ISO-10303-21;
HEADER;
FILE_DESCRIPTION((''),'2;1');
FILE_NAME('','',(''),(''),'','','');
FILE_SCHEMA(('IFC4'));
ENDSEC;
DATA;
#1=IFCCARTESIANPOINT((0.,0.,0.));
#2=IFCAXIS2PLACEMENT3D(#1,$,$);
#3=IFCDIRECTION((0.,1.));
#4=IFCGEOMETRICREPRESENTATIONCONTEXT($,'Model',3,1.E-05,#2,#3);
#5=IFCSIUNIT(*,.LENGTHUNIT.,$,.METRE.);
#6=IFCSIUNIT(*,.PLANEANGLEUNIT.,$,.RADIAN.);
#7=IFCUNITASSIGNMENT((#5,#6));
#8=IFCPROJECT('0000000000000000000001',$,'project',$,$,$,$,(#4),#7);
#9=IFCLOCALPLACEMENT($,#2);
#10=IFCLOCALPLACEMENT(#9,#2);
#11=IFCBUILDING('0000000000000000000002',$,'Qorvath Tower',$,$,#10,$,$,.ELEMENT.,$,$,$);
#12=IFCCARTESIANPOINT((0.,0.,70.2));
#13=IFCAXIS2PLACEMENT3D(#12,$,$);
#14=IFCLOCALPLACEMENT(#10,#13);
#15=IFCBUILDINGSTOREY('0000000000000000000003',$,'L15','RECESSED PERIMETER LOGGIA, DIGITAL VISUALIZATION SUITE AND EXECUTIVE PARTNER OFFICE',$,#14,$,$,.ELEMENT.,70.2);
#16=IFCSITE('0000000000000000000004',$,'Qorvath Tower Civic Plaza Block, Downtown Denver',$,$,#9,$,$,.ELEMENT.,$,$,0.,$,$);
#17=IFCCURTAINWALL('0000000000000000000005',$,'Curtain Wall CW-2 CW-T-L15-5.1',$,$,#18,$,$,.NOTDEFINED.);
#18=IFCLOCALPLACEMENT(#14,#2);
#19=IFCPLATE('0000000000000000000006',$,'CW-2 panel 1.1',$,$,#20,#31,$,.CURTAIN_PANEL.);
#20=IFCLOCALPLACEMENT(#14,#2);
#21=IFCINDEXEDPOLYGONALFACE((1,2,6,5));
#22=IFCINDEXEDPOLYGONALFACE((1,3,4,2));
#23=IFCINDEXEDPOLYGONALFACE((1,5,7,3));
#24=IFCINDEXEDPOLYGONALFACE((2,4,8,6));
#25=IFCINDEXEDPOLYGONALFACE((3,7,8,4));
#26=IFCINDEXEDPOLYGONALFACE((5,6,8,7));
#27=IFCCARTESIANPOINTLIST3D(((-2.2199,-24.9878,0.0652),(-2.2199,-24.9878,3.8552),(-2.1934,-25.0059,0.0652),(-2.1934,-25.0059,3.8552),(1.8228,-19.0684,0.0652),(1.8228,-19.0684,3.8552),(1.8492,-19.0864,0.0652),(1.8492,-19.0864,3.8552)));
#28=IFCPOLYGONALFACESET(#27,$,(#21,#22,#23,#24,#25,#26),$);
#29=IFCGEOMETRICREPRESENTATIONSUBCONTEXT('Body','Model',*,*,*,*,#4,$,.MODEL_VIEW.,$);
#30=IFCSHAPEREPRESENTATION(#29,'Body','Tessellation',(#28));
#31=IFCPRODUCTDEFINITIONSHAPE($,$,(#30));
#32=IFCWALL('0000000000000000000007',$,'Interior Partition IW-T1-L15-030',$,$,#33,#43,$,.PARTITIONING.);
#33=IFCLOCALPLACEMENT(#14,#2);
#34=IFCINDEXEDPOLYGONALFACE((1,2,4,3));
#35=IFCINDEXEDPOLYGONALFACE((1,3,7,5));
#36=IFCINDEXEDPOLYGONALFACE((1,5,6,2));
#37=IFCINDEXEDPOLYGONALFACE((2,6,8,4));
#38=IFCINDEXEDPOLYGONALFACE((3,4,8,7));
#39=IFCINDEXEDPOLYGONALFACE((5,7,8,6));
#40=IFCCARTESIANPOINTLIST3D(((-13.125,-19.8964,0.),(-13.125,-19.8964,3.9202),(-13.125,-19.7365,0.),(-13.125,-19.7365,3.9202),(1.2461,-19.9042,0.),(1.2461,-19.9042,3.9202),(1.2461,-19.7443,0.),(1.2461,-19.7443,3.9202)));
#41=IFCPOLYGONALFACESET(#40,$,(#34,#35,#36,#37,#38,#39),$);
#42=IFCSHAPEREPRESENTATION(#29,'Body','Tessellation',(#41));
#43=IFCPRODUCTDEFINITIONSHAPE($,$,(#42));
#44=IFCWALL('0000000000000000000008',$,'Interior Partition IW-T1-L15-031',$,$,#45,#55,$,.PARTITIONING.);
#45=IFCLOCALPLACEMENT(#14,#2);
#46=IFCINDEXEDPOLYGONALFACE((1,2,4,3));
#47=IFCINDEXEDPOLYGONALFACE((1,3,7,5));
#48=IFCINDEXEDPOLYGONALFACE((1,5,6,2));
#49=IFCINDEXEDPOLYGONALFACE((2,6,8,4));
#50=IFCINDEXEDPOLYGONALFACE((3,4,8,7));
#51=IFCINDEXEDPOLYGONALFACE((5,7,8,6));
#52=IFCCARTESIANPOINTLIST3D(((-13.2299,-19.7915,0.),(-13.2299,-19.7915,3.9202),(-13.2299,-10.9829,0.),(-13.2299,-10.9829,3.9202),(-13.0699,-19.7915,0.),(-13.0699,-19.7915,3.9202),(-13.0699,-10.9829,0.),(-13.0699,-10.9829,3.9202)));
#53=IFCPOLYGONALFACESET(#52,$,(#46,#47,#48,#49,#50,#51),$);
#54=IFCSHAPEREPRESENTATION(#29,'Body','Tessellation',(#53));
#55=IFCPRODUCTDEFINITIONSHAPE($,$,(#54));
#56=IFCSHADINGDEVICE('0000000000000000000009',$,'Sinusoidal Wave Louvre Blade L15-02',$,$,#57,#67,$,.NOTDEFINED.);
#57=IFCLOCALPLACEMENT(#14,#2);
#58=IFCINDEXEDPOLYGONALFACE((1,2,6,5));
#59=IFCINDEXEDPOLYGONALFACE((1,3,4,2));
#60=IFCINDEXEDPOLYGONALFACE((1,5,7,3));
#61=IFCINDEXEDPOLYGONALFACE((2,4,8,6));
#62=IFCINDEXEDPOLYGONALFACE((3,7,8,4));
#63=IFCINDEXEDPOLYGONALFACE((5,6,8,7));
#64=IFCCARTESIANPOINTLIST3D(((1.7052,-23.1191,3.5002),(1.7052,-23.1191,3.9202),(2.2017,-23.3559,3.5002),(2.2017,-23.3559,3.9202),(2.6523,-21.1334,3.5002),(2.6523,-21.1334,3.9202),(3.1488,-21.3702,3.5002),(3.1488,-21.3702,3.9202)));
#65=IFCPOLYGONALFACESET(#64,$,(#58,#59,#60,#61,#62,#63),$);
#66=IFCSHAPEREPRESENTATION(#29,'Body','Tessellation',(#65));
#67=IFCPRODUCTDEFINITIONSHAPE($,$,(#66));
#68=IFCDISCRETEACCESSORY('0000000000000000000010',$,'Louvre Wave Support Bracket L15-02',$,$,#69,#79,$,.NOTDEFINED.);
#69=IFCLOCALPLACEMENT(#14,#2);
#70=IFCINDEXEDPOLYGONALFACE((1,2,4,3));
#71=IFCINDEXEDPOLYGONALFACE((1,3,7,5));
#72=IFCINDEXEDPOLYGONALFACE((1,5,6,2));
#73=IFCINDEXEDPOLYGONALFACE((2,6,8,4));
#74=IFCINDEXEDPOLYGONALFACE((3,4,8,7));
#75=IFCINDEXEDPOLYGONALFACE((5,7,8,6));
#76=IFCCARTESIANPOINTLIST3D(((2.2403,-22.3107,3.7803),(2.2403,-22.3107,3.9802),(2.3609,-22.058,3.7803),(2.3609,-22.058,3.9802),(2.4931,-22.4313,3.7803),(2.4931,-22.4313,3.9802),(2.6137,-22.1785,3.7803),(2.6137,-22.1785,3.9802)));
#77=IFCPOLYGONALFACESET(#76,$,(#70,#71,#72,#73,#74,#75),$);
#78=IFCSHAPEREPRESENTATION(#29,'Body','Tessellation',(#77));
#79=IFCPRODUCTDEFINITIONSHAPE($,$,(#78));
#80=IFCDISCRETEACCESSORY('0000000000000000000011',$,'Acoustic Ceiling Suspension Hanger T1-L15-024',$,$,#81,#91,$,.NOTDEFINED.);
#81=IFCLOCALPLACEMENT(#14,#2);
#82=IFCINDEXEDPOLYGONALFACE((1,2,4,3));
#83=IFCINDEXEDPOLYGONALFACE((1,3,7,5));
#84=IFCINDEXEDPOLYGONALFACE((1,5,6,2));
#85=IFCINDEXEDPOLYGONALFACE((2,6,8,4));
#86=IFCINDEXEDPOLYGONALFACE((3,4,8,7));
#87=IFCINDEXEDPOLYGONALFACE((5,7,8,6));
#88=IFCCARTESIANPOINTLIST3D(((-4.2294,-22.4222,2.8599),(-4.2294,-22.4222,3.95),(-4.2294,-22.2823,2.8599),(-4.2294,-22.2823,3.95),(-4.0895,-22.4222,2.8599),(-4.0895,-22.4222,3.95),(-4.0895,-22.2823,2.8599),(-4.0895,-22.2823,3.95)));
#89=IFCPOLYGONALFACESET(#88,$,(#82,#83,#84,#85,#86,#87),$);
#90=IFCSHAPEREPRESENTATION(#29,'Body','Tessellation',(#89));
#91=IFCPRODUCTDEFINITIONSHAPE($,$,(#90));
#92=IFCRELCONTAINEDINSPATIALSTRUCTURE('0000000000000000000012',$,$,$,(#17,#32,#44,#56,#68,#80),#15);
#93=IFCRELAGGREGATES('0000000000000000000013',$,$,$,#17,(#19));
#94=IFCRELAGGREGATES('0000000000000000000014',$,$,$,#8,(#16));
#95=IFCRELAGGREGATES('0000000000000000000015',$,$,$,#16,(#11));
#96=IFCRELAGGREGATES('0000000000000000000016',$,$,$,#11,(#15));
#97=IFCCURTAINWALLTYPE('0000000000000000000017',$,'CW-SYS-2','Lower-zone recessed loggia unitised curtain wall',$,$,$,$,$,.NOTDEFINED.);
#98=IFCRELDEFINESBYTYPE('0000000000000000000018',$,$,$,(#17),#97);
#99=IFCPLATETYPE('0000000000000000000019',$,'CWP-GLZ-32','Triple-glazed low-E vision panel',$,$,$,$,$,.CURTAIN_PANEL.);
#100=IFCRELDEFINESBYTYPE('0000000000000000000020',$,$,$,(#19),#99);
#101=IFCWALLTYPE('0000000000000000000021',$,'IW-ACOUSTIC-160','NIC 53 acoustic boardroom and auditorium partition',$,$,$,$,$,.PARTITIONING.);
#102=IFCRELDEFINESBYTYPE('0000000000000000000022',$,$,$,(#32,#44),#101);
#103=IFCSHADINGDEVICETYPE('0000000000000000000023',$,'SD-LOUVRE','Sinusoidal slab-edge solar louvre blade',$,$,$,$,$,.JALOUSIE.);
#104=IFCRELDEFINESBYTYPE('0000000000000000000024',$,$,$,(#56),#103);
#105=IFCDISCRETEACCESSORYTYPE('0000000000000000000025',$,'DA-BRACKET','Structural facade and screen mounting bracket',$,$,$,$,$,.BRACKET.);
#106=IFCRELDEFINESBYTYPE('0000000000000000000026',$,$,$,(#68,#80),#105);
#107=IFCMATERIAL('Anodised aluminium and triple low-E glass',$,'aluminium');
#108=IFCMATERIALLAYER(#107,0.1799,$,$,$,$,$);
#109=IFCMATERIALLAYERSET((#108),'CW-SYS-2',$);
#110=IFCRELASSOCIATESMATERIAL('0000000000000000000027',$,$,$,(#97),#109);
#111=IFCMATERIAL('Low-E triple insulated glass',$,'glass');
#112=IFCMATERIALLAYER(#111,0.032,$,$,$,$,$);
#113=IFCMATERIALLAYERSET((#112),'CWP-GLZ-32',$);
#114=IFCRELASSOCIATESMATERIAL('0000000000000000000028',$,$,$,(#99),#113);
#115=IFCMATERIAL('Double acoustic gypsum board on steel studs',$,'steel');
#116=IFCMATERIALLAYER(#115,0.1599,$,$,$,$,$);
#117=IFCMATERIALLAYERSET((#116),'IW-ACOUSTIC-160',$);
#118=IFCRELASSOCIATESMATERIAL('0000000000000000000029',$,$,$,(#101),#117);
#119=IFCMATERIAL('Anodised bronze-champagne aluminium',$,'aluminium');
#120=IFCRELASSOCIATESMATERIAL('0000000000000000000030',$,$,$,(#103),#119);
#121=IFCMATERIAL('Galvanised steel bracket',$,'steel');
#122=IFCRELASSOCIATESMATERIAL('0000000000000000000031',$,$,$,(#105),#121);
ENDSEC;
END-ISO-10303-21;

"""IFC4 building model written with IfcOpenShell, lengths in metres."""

from ifc_helpers import new_model, si_unit, direction, frame, frame_2d, origin, origin_2d, place, context, subcontext, project, spatial, rectangle, extrude, material, layer, layer_set, type_object, element, aggregate, save


model = new_model("IFC4")

# Units and contexts
model_context = context("Model", 3, precision=1e-05, world=origin(), true_north=direction((0.0, 1.0)))
body_context = subcontext(model_context, "Body", "Model", "MODEL_VIEW")
ifc_project = project(units=[si_unit("LENGTHUNIT", "METRE"), si_unit("PLANEANGLEUNIT", "RADIAN")], contexts=[model_context])

# Site, building, storey
site_placement = place(None, origin())
site = spatial("IfcSite", under=ifc_project, at=site_placement, Name="Qorvath Tower Civic Plaza Block, Downtown Denver", CompositionType="ELEMENT", RefElevation=0.0)
building_placement = place(site_placement, origin())
building = spatial("IfcBuilding", under=site, at=building_placement, Name="Qorvath Tower", CompositionType="ELEMENT")
storey_placement = place(building_placement, frame((0.0, 0.0, 70.2)))
storey = spatial("IfcBuildingStorey", under=building, at=storey_placement, Name="L15", Description="RECESSED PERIMETER LOGGIA, DIGITAL VISUALIZATION SUITE AND EXECUTIVE PARTNER OFFICE", CompositionType="ELEMENT", Elevation=70.2)

# Shared definitions
ifc_material_1 = material(Name="Anodised aluminium and triple low-E glass", Category="aluminium")
ifc_layer_1 = layer(ifc_material_1, 0.1799)
ifc_layer_set_1 = layer_set([ifc_layer_1], Name="CW-SYS-2")
curtain_wall_type = type_object("IfcCurtainWallType", Name="CW-SYS-2", Description="Lower-zone recessed loggia unitised curtain wall", PredefinedType="NOTDEFINED", material=ifc_layer_set_1)

# Curtain wall
curtain_wall_1_placement = place(storey_placement, origin())
curtain_wall_1 = element("IfcCurtainWall", 1, at=curtain_wall_1_placement, inside=storey, type_object=curtain_wall_type, Name="Curtain Wall CW-2 CW-T-L15-5.1", PredefinedType="NOTDEFINED")

# Plate
ifc_material_2 = material(Name="Low-E triple insulated glass", Category="glass")
ifc_layer_2 = layer(ifc_material_2, 0.032)
ifc_layer_set_2 = layer_set([ifc_layer_2], Name="CWP-GLZ-32")
plate_type = type_object("IfcPlateType", Name="CWP-GLZ-32", Description="Triple-glazed low-E vision panel", PredefinedType="CURTAIN_PANEL", material=ifc_layer_set_2)
plate_1_placement = place(storey_placement, frame((-0.1853, -22.0371, 0.0652), z_axis=(0.0, 0.0, 1.0), x_axis=(0.563974, 0.825792, 0.0)))
plate_1 = element("IfcPlate", 2, at=plate_1_placement, type_object=plate_type, Name="CW-2 panel 1.1", PredefinedType="CURTAIN_PANEL", context=body_context, shape_type="SweptSolid", body=[
    extrude(rectangle(XDim=7.1682, YDim=0.032, at=origin_2d()), origin(), (0.0, 0.0, 1.0), 3.79),
])
aggregate(curtain_wall_1, [plate_1])

# Walls
ifc_material_3 = material(Name="Double acoustic gypsum board on steel studs", Category="steel")
ifc_layer_3 = layer(ifc_material_3, 0.1599)
ifc_layer_set_3 = layer_set([ifc_layer_3], Name="IW-ACOUSTIC-160")
wall_type = type_object("IfcWallType", Name="IW-ACOUSTIC-160", Description="NIC 53 acoustic boardroom and auditorium partition", PredefinedType="PARTITIONING", material=ifc_layer_set_3)
wall_1_placement = place(storey_placement, frame((1.2461, -19.8242, 0.0), z_axis=(0.0, 0.0, 1.0), x_axis=(-1.0, 0.000544, 0.0)))
element("IfcWall", 3, at=wall_1_placement, inside=storey, type_object=wall_type, Name="Interior Partition IW-T1-L15-030", PredefinedType="PARTITIONING", context=body_context, shape_type="SweptSolid", body=[
    extrude(rectangle(XDim=14.3711, YDim=0.1599, at=frame_2d((7.1855, 0.0))), origin(), (0.0, 0.0, 1.0), 3.9202),
])
wall_2_placement = place(storey_placement, frame((-13.1499, -19.7915, 0.0), z_axis=(0.0, 0.0, 1.0), x_axis=(0.0, 1.0, 0.0)))
element("IfcWall", 4, at=wall_2_placement, inside=storey, type_object=wall_type, Name="Interior Partition IW-T1-L15-031", PredefinedType="PARTITIONING", context=body_context, shape_type="SweptSolid", body=[
    extrude(rectangle(XDim=8.8086, YDim=0.1599, at=frame_2d((4.4043, 0.0))), origin(), (0.0, 0.0, 1.0), 3.9202),
])

# Shading device
ifc_material_4 = material(Name="Anodised bronze-champagne aluminium", Category="aluminium")
shading_device_type = type_object("IfcShadingDeviceType", Name="SD-LOUVRE", Description="Sinusoidal slab-edge solar louvre blade", PredefinedType="JALOUSIE", material=ifc_material_4)
shading_device_placement = place(storey_placement, frame((2.427, -22.2446, 3.5002), z_axis=(0.0, 0.0, 1.0), x_axis=(0.430503, 0.902589, 0.0)))
element("IfcShadingDevice", 5, at=shading_device_placement, inside=storey, type_object=shading_device_type, Name="Sinusoidal Wave Louvre Blade L15-02", PredefinedType="NOTDEFINED", context=body_context, shape_type="SweptSolid", body=[
    extrude(rectangle(XDim=2.2, YDim=0.55, at=origin_2d()), origin(), (0.0, 0.0, 1.0), 0.4199),
])

# Discrete accessories
ifc_material_5 = material(Name="Galvanised steel bracket", Category="steel")
discrete_accessory_type = type_object("IfcDiscreteAccessoryType", Name="DA-BRACKET", Description="Structural facade and screen mounting bracket", PredefinedType="BRACKET", material=ifc_material_5)
discrete_accessory_1_placement = place(storey_placement, frame((2.427, -22.2446, 3.7803), z_axis=(0.0, 0.0, 1.0), x_axis=(0.430503, 0.902589, 0.0)))
element("IfcDiscreteAccessory", 6, at=discrete_accessory_1_placement, inside=storey, type_object=discrete_accessory_type, Name="Louvre Wave Support Bracket L15-02", PredefinedType="NOTDEFINED", context=body_context, shape_type="SweptSolid", body=[
    extrude(rectangle(XDim=0.28, YDim=0.28, at=origin_2d()), origin(), (0.0, 0.0, 1.0), 0.2),
])
discrete_accessory_2_placement = place(storey_placement, frame((-4.1594, -22.3523, 2.8599), z_axis=(0.0, 0.0, 1.0), x_axis=(1.0, 0.0, 0.0)))
element("IfcDiscreteAccessory", 7, at=discrete_accessory_2_placement, inside=storey, type_object=discrete_accessory_type, Name="Acoustic Ceiling Suspension Hanger T1-L15-024", PredefinedType="NOTDEFINED", context=body_context, shape_type="SweptSolid", body=[
    extrude(rectangle(XDim=0.1399, YDim=0.1399, at=origin_2d()), origin(), (0.0, 0.0, 1.0), 1.0901),
])

save(model, "model.ifc")
